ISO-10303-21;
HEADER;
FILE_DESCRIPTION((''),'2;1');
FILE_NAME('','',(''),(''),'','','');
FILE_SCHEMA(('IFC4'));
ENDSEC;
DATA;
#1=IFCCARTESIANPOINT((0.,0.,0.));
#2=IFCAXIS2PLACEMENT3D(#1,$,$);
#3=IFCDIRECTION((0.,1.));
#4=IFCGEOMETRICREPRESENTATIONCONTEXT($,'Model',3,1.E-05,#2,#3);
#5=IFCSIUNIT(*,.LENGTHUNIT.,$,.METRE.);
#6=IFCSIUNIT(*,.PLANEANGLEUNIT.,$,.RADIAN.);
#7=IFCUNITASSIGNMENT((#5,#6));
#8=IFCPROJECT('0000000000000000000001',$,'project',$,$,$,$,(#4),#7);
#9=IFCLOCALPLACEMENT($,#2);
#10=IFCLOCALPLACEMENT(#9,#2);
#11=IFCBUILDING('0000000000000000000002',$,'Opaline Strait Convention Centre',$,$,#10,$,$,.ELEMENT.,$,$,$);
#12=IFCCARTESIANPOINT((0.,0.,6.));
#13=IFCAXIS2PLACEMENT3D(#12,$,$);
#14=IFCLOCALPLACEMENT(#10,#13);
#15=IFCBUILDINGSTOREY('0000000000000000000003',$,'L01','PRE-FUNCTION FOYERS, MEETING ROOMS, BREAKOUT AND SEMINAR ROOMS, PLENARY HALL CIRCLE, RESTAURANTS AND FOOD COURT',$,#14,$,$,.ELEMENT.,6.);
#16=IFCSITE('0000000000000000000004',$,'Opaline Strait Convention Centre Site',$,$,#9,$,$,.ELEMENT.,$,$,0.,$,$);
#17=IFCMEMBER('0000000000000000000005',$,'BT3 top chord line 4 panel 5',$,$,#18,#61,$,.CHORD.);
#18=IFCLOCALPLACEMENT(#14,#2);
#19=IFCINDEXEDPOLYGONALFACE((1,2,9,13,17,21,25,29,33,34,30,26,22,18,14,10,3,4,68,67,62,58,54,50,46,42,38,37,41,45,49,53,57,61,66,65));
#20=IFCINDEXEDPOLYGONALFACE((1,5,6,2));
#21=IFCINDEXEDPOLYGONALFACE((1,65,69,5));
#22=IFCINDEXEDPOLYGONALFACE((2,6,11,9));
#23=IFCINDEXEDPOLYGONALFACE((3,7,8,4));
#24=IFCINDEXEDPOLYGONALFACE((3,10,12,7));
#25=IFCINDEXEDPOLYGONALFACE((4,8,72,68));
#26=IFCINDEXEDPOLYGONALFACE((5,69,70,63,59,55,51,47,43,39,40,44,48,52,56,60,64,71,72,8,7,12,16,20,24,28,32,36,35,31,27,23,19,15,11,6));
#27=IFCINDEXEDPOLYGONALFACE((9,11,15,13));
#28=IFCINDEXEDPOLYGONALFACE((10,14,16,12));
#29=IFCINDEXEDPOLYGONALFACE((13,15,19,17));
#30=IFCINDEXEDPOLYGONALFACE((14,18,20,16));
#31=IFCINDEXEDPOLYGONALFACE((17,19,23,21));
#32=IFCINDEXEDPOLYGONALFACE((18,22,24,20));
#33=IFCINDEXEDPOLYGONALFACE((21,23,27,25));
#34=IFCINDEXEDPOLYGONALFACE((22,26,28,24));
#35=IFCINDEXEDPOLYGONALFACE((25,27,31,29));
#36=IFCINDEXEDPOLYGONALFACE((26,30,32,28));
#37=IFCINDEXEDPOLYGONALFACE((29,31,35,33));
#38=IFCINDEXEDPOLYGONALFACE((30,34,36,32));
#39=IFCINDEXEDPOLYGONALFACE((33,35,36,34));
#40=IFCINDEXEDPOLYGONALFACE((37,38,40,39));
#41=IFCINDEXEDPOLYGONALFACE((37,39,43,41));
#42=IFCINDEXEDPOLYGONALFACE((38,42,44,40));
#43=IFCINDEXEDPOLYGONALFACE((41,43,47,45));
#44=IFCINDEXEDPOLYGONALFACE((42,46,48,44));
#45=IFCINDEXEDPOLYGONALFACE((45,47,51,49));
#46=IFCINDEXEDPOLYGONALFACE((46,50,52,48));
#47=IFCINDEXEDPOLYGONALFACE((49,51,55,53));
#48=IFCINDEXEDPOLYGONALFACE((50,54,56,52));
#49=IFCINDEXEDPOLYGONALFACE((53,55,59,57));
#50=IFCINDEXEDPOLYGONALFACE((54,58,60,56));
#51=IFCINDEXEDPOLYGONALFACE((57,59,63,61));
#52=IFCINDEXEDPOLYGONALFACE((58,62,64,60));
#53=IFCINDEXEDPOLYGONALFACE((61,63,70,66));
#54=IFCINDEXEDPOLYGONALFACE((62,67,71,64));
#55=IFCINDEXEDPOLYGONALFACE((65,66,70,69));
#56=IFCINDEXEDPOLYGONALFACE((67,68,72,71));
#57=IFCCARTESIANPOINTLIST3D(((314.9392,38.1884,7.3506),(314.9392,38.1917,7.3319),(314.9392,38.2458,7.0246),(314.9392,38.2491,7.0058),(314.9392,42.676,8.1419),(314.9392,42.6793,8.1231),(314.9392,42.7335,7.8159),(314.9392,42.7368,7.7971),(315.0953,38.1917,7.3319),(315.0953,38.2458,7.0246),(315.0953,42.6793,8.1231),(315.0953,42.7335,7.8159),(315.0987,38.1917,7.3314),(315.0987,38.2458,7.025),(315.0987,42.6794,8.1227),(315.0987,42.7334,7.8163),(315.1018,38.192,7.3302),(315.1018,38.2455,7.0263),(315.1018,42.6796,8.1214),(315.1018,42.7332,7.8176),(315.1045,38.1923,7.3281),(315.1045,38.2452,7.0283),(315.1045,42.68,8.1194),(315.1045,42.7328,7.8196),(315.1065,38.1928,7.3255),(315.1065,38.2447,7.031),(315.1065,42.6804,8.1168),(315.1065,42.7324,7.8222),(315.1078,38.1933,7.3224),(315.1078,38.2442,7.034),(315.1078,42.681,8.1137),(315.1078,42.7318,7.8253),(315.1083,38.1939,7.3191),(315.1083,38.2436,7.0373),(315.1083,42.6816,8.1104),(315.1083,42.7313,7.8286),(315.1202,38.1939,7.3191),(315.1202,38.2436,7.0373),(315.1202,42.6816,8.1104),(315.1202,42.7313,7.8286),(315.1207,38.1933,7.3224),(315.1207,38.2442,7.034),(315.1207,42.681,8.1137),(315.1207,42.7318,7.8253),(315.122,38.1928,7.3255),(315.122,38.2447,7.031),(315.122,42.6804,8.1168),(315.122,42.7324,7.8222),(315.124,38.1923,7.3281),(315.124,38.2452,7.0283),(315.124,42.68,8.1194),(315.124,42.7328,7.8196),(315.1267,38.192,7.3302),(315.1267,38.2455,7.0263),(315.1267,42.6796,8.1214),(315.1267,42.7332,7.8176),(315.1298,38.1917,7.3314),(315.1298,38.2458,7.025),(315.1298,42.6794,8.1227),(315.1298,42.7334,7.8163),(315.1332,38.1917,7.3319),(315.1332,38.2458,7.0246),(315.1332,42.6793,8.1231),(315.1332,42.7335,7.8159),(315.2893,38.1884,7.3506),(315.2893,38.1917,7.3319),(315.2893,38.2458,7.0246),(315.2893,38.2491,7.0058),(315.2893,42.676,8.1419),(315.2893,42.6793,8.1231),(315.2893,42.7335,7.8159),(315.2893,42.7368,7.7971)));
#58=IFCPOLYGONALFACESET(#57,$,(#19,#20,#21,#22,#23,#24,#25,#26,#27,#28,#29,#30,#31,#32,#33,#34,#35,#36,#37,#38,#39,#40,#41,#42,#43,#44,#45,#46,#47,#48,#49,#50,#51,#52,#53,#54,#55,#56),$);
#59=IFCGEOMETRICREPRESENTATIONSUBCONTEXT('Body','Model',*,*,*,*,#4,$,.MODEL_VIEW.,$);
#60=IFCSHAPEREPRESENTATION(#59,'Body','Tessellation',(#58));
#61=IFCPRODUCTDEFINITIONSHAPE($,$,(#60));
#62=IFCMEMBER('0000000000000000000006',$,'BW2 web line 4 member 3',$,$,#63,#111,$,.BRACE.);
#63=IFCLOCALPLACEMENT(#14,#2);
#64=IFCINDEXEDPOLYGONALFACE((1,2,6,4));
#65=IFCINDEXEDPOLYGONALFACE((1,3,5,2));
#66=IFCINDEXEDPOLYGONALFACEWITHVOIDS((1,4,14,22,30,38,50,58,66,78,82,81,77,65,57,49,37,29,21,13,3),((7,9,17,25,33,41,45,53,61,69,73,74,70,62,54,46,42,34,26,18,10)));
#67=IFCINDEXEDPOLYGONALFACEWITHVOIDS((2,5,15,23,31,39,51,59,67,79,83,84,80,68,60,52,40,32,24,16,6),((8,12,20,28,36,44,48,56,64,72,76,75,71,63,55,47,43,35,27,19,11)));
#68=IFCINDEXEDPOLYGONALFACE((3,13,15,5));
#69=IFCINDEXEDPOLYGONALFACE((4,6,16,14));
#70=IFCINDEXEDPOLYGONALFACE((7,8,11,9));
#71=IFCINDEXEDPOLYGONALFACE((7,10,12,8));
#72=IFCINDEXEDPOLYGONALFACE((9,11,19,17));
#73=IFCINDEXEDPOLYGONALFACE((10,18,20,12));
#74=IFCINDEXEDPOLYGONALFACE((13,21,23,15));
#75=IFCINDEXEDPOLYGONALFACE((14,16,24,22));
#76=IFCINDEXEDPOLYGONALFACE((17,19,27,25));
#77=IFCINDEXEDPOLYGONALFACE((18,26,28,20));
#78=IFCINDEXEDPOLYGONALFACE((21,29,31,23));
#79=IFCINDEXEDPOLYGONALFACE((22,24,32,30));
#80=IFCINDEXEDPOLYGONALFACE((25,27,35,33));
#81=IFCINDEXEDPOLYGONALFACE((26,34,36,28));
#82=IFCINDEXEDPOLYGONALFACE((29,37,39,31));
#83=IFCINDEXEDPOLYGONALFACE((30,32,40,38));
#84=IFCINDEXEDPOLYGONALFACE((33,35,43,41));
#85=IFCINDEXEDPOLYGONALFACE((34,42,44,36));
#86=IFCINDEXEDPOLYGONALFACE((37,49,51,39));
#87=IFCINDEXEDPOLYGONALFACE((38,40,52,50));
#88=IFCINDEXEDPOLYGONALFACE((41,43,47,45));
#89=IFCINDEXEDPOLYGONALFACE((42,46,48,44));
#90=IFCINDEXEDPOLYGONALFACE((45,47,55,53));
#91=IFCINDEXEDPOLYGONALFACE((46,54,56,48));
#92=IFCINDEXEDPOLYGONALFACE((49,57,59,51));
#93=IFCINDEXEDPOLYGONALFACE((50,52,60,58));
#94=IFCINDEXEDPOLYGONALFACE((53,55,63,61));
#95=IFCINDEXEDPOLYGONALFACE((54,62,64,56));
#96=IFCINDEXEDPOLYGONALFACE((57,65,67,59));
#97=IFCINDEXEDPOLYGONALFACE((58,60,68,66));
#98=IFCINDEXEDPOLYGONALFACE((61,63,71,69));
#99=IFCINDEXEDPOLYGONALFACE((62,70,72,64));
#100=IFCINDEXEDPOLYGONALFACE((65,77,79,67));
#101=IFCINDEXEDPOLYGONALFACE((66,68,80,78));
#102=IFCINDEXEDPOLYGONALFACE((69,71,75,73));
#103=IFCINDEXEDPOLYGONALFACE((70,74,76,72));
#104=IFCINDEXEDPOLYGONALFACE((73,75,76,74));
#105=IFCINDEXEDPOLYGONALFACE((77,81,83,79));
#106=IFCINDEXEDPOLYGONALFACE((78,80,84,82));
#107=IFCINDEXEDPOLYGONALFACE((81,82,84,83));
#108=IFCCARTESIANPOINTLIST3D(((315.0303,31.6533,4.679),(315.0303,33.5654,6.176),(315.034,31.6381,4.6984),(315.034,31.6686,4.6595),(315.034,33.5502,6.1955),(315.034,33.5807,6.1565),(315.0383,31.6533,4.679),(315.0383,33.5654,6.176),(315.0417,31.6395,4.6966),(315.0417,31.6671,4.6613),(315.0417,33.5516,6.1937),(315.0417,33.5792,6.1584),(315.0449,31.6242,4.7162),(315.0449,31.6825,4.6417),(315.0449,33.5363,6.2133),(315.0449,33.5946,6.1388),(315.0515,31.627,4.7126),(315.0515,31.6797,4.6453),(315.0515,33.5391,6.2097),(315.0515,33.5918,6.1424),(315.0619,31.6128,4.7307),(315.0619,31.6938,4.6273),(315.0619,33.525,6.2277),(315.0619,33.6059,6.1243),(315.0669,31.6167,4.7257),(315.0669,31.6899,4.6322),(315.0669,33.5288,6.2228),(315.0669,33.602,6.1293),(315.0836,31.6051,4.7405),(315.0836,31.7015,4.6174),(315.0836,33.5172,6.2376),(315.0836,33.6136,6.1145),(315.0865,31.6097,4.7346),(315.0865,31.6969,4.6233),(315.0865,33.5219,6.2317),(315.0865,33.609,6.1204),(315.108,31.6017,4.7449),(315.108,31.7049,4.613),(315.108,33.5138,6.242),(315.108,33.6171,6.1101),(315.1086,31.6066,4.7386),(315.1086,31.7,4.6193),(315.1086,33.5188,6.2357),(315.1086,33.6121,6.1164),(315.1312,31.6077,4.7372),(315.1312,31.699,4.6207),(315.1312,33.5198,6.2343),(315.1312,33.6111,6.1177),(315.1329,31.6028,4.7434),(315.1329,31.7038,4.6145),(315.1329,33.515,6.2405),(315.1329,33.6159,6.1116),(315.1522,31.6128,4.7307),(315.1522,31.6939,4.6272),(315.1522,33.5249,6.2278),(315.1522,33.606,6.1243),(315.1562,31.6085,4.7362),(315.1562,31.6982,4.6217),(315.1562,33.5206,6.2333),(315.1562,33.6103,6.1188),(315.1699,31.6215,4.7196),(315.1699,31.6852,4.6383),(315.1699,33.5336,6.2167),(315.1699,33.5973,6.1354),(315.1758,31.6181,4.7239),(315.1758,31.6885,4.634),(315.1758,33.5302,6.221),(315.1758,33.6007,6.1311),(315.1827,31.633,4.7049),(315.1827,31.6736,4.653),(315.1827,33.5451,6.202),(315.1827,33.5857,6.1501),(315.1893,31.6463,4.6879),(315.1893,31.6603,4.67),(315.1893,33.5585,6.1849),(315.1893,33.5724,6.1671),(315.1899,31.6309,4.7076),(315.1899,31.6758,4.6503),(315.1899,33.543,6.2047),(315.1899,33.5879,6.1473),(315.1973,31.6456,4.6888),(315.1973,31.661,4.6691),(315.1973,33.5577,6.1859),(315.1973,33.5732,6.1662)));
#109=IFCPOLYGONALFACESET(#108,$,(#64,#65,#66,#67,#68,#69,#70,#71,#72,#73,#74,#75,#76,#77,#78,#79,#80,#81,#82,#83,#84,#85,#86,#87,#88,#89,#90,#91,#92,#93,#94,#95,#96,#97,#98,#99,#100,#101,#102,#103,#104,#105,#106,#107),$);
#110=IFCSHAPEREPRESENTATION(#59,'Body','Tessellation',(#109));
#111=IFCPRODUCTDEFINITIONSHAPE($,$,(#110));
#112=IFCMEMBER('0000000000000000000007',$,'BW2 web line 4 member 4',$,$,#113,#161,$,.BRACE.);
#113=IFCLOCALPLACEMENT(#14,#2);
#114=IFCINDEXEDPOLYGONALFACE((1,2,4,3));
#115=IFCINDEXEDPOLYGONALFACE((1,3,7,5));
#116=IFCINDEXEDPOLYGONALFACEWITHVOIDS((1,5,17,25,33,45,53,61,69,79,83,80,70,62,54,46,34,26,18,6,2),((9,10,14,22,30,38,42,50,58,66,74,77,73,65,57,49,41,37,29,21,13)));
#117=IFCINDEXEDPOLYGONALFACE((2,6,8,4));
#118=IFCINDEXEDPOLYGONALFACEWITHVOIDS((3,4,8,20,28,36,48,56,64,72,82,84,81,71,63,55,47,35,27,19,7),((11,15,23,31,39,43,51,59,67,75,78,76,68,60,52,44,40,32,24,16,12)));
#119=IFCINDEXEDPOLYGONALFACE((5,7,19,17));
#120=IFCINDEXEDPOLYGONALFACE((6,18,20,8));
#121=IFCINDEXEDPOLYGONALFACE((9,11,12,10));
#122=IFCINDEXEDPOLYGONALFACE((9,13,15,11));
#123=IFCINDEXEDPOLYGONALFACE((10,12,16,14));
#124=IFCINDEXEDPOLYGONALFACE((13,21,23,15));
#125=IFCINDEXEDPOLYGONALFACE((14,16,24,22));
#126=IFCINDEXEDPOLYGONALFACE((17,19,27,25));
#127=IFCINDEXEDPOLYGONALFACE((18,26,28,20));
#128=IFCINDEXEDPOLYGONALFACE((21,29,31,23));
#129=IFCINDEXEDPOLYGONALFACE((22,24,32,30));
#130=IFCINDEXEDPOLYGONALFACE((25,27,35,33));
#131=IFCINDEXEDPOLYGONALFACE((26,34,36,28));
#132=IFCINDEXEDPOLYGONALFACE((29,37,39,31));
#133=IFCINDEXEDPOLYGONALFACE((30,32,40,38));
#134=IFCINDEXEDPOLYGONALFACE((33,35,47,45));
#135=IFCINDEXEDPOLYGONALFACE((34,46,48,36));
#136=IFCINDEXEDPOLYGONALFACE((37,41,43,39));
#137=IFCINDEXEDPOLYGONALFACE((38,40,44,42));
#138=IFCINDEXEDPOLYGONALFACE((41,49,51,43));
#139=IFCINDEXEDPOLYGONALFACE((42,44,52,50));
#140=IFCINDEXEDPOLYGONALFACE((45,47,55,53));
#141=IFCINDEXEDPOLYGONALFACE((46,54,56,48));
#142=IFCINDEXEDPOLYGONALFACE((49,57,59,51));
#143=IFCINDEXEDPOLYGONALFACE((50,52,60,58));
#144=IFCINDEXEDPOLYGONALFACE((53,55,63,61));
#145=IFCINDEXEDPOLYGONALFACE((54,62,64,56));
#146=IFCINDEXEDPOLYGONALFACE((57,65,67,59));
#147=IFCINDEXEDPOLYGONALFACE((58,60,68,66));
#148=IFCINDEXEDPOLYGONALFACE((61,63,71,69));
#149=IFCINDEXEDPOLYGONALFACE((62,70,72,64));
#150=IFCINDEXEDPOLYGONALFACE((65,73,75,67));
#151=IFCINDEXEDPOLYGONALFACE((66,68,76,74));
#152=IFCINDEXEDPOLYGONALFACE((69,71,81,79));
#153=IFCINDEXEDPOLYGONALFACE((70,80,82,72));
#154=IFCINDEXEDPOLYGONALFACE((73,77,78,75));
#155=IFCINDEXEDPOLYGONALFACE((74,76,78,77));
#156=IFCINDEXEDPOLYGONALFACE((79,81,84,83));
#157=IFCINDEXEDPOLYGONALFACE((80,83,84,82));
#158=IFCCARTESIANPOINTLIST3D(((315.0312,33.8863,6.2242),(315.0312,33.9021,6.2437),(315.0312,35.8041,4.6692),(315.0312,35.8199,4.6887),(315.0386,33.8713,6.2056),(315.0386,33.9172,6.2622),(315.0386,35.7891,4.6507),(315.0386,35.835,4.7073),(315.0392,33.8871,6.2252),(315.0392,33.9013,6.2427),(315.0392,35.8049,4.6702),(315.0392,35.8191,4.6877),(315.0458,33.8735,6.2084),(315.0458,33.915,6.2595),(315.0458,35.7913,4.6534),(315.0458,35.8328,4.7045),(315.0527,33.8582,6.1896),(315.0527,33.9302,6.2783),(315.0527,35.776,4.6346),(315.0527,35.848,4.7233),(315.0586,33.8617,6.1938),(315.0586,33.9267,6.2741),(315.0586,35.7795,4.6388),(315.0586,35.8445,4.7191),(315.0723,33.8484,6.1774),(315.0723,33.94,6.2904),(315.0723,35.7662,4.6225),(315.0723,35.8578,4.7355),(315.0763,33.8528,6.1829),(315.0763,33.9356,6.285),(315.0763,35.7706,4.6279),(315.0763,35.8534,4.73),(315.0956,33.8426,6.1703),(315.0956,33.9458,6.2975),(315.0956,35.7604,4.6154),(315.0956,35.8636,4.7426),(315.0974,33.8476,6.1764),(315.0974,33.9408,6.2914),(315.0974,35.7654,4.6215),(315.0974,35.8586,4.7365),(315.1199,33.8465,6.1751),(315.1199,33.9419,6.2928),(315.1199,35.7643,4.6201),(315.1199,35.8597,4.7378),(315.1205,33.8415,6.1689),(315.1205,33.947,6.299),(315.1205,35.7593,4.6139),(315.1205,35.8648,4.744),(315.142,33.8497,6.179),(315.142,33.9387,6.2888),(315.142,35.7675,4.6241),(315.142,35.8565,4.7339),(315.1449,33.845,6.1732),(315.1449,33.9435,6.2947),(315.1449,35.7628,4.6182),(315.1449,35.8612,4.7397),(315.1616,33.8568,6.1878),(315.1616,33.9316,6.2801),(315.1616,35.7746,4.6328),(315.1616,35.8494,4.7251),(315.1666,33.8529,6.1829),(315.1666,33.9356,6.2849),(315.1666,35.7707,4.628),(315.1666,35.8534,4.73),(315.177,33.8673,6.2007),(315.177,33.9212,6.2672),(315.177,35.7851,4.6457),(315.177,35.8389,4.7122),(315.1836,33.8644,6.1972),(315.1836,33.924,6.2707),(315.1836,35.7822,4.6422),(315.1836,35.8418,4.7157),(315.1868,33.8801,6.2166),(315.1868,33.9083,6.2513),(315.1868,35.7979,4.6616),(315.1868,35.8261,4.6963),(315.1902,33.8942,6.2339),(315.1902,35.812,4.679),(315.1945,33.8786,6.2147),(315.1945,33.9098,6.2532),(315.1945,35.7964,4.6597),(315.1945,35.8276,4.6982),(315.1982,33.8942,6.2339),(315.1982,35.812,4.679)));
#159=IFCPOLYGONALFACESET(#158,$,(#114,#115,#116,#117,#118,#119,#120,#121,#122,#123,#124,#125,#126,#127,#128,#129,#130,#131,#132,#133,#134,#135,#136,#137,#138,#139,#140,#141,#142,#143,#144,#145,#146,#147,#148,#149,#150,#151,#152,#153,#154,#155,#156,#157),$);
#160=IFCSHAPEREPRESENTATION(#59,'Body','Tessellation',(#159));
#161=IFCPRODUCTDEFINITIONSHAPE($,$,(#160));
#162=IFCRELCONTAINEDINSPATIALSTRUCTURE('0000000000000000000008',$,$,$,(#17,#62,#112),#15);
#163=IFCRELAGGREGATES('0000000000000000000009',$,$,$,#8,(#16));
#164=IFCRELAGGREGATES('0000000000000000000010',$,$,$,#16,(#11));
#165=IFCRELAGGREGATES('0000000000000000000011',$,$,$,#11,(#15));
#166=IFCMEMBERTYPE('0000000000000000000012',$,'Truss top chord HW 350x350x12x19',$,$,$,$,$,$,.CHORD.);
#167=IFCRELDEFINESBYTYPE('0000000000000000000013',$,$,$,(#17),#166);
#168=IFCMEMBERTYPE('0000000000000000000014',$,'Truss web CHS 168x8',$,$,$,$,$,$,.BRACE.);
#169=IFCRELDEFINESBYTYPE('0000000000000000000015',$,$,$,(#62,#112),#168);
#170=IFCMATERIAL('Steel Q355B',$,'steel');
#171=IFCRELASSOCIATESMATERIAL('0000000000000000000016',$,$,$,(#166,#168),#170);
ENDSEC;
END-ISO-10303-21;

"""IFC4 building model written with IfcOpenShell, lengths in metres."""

from ifc_helpers import new_model, si_unit, direction, frame, origin, origin_2d, place, context, subcontext, project, spatial, hollow_circle, i_section, extrude, material, material_profile, profile_set, type_object, element, save


model = new_model("IFC4")

# Units and contexts
model_context = context("Model", 3, precision=1e-05, world=origin(), true_north=direction((0.0, 1.0)))
body_context = subcontext(model_context, "Body", "Model", "MODEL_VIEW")
ifc_project = project(units=[si_unit("LENGTHUNIT", "METRE"), si_unit("PLANEANGLEUNIT", "RADIAN")], contexts=[model_context])

# Site, building, storey
site_placement = place(None, origin())
site = spatial("IfcSite", under=ifc_project, at=site_placement, Name="Opaline Strait Convention Centre Site", CompositionType="ELEMENT", RefElevation=0.0)
building_placement = place(site_placement, origin())
building = spatial("IfcBuilding", under=site, at=building_placement, Name="Opaline Strait Convention Centre", CompositionType="ELEMENT")
storey_placement = place(building_placement, frame((0.0, 0.0, 6.0)))
storey = spatial("IfcBuildingStorey", under=building, at=storey_placement, Name="L01", Description="PRE-FUNCTION FOYERS, MEETING ROOMS, BREAKOUT AND SEMINAR ROOMS, PLENARY HALL CIRCLE, RESTAURANTS AND FOOD COURT", CompositionType="ELEMENT", Elevation=6.0)

# Members
ifc_material_1 = material(Name="Steel Q355B", Category="steel")
ifc_material_profile_1 = material_profile(ifc_material_1, i_section(OverallWidth=0.3501, OverallDepth=0.3501, WebThickness=0.012, FlangeThickness=0.019, FilletRadius=0.0129, at=origin_2d()), Name="HW 350x350x12x19")
ifc_profile_set_1 = profile_set([ifc_material_profile_1], Name="Steel Q355B")
member_type_1 = type_object("IfcMemberType", Name="Truss top chord HW 350x350x12x19", PredefinedType="CHORD", material=ifc_profile_set_1)
member_1_placement = place(storey_placement, frame((315.1143, 38.2188, 7.1782), z_axis=(0.0, 0.984808, 0.173645), x_axis=(-1.0, 0.0, 0.0)))
element("IfcMember", 1, at=member_1_placement, inside=storey, type_object=member_type_1, Name="BT3 top chord line 4 panel 5", PredefinedType="CHORD", context=body_context, shape_type="SweptSolid", body=[
    extrude(i_section(OverallWidth=0.3501, OverallDepth=0.3501, WebThickness=0.012, FlangeThickness=0.019, FilletRadius=0.0129, at=origin_2d()), origin(), (0.0, 0.0, 1.0), 4.5569),
])
ifc_material_profile_2 = material_profile(ifc_material_1, hollow_circle(Radius=0.084, WallThickness=0.0081, at=origin_2d()), Name="CHS 168x8")
ifc_profile_set_2 = profile_set([ifc_material_profile_2], Name="Steel Q355B")
member_type_2 = type_object("IfcMemberType", Name="Truss web CHS 168x8", PredefinedType="BRACE", material=ifc_profile_set_2)
member_2_placement = place(storey_placement, frame((315.1143, 31.6533, 4.679), z_axis=(0.0, 0.787378, 0.616471), x_axis=(-1.0, 0.0, 0.0)))
element("IfcMember", 2, at=member_2_placement, inside=storey, type_object=member_type_2, Name="BW2 web line 4 member 3", PredefinedType="BRACE", context=body_context, shape_type="SweptSolid", body=[
    extrude(hollow_circle(Radius=0.084, WallThickness=0.0081, at=origin_2d()), origin(), (0.0, 0.0, 1.0), 2.4285),
])
member_3_placement = place(storey_placement, frame((315.1143, 35.812, 4.679), z_axis=(0.0, -0.776752, 0.629807), x_axis=(1.0, 0.0, 0.0)))
element("IfcMember", 3, at=member_3_placement, inside=storey, type_object=member_type_2, Name="BW2 web line 4 member 4", PredefinedType="BRACE", context=body_context, shape_type="SweptSolid", body=[
    extrude(hollow_circle(Radius=0.084, WallThickness=0.0081, at=origin_2d()), origin(), (0.0, 0.0, 1.0), 2.469),
])

save(model, "model.ifc")
